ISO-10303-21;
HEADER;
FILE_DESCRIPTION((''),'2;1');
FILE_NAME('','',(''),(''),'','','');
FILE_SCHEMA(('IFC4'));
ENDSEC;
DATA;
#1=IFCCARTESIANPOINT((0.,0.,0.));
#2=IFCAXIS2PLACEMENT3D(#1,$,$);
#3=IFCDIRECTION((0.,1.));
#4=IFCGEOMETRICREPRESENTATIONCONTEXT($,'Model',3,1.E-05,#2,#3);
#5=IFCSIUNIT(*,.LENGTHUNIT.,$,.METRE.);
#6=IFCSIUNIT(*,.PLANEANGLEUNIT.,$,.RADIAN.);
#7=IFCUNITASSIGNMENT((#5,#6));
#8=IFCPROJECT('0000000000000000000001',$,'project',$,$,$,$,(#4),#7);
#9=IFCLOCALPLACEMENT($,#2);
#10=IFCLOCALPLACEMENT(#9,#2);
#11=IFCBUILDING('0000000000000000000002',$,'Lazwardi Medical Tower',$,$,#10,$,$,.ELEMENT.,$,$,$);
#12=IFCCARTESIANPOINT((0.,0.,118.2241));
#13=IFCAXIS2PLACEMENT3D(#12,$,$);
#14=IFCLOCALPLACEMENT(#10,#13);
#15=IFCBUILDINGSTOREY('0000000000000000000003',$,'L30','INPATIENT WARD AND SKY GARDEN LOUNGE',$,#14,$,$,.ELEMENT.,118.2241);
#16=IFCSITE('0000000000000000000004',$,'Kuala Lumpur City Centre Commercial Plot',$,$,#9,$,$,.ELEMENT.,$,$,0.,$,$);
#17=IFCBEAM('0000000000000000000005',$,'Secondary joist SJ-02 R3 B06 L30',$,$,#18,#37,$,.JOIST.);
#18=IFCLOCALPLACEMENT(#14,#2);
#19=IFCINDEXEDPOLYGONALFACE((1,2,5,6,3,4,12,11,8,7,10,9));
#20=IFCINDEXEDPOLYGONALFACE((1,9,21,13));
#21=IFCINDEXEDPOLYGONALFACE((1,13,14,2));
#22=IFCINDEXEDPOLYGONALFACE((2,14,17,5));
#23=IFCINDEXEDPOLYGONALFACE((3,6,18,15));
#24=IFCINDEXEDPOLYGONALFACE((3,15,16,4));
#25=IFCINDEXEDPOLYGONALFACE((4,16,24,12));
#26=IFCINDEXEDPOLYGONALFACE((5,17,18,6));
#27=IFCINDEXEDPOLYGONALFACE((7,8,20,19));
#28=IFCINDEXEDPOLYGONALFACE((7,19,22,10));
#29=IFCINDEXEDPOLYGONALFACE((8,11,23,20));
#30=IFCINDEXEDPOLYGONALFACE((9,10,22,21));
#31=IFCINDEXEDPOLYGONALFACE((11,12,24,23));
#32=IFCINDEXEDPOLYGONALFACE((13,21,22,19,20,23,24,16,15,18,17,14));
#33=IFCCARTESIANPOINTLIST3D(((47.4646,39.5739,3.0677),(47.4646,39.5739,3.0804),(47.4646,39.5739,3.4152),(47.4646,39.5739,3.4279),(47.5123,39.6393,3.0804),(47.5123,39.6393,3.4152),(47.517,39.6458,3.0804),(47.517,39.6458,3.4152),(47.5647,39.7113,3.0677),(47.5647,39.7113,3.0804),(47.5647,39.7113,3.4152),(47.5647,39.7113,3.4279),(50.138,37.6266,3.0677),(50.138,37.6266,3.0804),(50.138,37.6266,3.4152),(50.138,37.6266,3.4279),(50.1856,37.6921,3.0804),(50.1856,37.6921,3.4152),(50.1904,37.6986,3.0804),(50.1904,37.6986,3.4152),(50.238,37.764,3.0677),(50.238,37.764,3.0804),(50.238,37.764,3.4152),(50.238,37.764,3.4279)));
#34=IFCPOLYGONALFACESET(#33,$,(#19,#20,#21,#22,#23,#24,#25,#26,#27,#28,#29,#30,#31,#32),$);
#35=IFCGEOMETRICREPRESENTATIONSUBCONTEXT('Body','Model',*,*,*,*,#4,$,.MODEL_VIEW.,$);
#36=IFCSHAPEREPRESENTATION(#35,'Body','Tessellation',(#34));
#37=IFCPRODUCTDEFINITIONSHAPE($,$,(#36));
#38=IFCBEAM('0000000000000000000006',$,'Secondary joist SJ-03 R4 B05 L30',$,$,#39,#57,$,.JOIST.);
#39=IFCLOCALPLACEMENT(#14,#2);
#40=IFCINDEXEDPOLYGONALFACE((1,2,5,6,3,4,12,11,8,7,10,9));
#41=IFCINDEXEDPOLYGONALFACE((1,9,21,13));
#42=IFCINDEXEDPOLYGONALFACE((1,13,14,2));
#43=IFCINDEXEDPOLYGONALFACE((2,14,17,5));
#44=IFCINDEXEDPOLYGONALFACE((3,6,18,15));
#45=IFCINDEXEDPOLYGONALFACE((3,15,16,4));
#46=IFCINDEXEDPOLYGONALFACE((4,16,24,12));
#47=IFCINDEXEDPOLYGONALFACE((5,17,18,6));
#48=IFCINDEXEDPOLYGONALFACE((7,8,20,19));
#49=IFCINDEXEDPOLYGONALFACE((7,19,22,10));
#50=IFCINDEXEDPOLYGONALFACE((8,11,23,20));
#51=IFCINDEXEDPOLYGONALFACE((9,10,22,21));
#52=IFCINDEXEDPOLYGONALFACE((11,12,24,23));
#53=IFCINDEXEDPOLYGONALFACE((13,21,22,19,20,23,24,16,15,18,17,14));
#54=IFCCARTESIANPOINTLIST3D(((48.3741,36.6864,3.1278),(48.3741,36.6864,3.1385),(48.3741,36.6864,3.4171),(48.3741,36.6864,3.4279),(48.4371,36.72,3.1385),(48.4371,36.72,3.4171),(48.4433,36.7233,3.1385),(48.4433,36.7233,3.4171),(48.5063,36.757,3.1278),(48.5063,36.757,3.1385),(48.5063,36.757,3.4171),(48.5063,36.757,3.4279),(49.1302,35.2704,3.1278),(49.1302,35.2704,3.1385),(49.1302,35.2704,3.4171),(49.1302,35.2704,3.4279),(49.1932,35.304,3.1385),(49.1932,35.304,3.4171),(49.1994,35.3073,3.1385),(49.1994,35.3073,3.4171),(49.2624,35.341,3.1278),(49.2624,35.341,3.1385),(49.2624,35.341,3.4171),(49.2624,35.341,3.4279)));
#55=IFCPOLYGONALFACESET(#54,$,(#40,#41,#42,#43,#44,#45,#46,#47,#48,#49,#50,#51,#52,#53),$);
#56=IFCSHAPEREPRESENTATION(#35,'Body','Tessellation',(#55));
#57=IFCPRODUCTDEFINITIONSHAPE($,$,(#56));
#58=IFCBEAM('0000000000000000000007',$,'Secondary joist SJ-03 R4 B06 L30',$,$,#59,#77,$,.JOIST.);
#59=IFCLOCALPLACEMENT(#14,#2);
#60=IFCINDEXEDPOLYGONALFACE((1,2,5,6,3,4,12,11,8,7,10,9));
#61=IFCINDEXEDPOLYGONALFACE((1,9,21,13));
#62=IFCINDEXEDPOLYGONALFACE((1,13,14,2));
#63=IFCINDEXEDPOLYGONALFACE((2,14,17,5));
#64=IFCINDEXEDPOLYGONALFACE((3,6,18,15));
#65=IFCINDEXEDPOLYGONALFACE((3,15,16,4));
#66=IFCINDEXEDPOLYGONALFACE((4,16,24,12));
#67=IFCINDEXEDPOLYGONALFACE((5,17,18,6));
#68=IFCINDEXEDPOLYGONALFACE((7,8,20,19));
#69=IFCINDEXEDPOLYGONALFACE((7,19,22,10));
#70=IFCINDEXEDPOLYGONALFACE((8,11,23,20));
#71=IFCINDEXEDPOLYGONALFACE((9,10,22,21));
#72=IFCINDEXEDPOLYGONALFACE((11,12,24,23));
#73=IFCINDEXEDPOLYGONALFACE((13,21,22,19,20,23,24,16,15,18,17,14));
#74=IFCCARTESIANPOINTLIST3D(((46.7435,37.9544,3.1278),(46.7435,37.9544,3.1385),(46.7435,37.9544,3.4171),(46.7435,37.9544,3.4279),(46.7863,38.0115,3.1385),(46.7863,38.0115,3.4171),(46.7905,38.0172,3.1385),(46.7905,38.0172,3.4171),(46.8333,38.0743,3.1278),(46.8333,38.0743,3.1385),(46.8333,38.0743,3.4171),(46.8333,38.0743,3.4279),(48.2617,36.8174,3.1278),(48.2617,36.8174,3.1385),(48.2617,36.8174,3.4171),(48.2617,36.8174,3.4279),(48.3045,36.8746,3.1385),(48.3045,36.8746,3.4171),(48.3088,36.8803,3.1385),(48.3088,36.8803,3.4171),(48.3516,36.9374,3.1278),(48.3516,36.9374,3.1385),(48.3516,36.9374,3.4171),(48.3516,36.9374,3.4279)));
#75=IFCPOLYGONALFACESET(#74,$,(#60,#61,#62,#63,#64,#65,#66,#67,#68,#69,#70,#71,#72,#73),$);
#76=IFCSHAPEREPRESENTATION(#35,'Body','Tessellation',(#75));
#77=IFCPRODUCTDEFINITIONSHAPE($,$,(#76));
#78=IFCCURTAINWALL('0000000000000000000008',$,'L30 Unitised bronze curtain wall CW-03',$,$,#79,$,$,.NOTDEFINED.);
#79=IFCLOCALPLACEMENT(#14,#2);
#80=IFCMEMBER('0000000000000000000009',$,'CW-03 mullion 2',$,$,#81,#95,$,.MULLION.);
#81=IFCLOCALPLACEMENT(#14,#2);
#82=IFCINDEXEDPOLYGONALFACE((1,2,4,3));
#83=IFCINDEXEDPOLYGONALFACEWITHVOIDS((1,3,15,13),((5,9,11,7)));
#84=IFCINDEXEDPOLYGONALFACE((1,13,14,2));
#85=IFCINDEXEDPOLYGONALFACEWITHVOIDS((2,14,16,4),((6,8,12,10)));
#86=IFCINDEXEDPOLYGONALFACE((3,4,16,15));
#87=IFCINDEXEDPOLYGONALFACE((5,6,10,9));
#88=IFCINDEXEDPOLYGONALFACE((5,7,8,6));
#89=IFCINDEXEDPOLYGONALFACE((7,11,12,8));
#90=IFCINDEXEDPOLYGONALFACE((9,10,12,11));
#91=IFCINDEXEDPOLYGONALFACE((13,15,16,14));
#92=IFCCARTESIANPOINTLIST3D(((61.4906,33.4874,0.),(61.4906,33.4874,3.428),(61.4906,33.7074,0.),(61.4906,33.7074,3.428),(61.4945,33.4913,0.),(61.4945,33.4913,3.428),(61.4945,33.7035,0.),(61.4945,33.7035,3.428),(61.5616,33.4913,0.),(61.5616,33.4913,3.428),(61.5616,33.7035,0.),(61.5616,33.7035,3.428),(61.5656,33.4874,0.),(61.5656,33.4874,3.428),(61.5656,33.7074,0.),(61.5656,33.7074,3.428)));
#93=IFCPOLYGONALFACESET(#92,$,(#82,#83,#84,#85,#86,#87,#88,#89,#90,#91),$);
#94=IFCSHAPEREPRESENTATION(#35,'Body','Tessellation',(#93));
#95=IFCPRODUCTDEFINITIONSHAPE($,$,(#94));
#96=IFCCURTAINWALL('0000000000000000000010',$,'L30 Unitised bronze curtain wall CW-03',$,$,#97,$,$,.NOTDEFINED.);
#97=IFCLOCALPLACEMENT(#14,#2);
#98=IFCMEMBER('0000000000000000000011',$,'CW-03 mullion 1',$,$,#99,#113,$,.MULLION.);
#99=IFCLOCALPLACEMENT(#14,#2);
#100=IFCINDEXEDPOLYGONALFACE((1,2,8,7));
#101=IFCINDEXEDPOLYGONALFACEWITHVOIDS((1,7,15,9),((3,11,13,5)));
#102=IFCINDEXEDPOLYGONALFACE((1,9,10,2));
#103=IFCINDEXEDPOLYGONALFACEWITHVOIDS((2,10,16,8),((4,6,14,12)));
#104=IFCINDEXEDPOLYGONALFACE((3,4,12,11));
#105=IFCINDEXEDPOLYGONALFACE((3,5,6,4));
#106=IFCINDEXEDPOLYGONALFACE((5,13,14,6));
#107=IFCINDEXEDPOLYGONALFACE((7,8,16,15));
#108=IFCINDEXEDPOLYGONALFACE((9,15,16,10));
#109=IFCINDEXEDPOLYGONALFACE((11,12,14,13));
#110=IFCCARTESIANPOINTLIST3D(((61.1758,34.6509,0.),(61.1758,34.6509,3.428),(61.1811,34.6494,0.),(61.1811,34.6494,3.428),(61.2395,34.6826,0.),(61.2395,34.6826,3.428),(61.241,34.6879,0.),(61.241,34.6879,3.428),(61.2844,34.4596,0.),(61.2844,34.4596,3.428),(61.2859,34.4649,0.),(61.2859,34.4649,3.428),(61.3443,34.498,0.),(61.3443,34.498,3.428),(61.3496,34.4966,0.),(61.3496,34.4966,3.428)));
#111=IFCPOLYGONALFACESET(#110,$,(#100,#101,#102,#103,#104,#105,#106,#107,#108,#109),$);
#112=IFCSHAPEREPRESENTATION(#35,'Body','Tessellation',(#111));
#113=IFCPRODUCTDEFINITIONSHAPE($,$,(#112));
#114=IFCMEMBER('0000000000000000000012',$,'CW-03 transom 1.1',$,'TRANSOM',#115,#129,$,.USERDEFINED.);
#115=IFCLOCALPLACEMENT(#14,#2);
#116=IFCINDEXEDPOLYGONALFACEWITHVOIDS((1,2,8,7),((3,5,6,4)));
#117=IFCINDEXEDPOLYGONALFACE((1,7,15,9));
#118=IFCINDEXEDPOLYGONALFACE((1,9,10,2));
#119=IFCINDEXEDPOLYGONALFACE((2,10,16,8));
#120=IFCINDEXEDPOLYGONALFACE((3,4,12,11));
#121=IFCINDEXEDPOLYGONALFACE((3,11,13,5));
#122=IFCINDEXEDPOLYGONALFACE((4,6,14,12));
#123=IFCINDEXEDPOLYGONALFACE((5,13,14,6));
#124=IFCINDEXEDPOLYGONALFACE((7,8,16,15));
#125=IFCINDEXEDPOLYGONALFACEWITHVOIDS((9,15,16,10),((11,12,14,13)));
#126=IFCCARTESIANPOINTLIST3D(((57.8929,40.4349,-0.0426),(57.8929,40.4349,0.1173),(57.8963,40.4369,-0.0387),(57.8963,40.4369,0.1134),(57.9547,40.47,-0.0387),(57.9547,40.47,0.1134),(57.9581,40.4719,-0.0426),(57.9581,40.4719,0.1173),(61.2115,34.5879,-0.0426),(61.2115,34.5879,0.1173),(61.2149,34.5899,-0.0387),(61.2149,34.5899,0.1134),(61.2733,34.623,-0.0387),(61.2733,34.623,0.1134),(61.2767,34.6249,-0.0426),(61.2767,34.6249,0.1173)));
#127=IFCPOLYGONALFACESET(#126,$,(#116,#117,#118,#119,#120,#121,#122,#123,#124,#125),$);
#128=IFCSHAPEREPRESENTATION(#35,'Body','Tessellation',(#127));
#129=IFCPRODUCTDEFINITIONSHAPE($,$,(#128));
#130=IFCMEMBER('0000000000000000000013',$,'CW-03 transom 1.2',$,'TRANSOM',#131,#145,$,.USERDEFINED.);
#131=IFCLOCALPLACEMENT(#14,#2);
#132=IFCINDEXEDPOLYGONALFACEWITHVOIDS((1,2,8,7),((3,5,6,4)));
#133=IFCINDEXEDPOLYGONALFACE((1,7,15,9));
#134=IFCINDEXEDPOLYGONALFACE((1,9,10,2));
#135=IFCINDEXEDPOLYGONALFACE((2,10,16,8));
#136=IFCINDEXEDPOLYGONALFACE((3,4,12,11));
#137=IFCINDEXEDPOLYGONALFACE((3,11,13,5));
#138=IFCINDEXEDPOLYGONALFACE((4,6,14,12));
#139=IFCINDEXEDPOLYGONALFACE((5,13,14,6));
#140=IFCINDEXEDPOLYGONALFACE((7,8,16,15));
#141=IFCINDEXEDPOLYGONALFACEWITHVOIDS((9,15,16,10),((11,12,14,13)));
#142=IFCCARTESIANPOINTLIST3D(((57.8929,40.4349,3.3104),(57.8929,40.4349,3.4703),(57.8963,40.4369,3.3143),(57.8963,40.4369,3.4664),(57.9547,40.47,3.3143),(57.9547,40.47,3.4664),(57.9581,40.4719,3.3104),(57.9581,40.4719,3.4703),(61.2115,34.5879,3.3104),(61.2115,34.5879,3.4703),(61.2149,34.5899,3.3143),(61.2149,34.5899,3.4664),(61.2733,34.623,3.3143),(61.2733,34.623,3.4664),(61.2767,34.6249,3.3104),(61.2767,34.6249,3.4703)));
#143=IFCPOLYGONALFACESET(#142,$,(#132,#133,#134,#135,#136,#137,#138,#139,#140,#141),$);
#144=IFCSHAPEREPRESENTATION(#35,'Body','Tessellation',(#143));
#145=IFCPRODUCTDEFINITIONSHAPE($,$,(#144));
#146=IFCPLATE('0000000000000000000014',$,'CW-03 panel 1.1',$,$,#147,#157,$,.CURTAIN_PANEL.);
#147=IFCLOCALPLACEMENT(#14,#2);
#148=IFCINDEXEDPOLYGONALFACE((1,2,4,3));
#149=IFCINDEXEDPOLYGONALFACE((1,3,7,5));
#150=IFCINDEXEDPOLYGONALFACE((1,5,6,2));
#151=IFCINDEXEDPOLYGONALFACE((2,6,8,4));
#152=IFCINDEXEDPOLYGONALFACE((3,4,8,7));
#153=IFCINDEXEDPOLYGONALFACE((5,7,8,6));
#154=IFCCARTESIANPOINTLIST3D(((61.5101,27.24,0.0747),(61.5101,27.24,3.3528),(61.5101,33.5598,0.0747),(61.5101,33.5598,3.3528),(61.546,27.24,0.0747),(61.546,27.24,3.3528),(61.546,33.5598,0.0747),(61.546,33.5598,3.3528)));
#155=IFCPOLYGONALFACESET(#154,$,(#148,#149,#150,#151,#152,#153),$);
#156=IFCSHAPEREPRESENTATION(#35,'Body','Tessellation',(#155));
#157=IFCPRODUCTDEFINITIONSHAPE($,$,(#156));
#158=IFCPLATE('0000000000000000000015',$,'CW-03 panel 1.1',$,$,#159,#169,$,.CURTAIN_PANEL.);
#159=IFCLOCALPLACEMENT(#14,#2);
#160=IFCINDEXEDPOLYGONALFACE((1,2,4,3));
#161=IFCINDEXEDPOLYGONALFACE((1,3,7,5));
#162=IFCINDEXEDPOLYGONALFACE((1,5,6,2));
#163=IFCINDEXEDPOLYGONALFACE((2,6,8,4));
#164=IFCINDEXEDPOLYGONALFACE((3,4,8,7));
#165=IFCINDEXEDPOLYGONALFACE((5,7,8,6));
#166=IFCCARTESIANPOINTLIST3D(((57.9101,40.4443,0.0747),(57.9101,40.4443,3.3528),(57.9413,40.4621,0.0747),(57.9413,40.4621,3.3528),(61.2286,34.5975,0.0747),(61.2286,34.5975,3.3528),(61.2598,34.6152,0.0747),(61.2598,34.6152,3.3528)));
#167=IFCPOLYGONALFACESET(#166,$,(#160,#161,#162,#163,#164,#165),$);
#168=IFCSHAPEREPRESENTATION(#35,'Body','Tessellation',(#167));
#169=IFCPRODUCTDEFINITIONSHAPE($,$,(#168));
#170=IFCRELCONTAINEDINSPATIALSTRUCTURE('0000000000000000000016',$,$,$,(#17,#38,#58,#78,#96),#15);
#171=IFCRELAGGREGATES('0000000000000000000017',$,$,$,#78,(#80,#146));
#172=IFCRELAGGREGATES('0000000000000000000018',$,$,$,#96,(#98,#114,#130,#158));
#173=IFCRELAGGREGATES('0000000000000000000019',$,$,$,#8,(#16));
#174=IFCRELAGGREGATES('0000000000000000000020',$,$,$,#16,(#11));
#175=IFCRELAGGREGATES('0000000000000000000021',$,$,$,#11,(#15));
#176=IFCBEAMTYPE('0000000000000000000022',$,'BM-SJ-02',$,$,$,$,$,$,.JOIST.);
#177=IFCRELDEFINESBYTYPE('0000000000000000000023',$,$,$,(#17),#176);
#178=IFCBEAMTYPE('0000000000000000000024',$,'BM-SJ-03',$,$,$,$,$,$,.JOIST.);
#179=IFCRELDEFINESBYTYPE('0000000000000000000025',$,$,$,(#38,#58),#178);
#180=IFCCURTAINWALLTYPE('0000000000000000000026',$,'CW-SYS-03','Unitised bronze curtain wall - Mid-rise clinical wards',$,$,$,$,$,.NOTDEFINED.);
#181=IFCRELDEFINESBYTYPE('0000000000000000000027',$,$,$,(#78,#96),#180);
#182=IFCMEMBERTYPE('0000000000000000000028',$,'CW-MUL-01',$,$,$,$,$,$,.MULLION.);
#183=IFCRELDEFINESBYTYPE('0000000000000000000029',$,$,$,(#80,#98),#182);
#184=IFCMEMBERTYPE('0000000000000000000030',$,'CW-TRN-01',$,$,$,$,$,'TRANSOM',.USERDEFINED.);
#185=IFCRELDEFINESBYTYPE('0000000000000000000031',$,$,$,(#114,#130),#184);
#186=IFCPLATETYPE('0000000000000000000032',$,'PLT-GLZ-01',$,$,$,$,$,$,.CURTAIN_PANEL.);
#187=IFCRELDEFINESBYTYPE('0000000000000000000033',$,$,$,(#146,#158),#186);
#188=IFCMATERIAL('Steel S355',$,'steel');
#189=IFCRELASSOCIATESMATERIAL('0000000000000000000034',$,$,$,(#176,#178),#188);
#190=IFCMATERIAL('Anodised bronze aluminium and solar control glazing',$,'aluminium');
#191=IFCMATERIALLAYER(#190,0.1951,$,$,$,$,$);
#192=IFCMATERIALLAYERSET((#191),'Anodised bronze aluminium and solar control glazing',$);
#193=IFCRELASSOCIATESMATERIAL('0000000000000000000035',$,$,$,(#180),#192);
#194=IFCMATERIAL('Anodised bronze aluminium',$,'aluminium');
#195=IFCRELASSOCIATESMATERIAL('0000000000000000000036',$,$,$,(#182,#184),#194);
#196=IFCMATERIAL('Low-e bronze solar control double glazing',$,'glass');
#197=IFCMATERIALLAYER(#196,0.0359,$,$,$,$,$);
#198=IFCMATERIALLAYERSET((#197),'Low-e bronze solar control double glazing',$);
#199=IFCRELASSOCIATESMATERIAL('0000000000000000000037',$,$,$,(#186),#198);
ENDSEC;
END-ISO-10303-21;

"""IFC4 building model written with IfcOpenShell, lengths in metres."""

from ifc_helpers import new_model, si_unit, direction, frame, origin, origin_2d, place, context, subcontext, project, spatial, rectangle, hollow_rectangle, i_section, extrude, material, layer, layer_set, material_profile, profile_set, type_object, element, aggregate, save


model = new_model("IFC4")

# Units and contexts
model_context = context("Model", 3, precision=1e-05, world=origin(), true_north=direction((0.0, 1.0)))
body_context = subcontext(model_context, "Body", "Model", "MODEL_VIEW")
ifc_project = project(units=[si_unit("LENGTHUNIT", "METRE"), si_unit("PLANEANGLEUNIT", "RADIAN")], contexts=[model_context])

# Site, building, storey
site_placement = place(None, origin())
site = spatial("IfcSite", under=ifc_project, at=site_placement, Name="Kuala Lumpur City Centre Commercial Plot", CompositionType="ELEMENT", RefElevation=0.0)
building_placement = place(site_placement, origin())
building = spatial("IfcBuilding", under=site, at=building_placement, Name="Lazwardi Medical Tower", CompositionType="ELEMENT")
storey_placement = place(building_placement, frame((0.0, 0.0, 118.2241)))
storey = spatial("IfcBuildingStorey", under=building, at=storey_placement, Name="L30", Description="INPATIENT WARD AND SKY GARDEN LOUNGE", CompositionType="ELEMENT", Elevation=118.2241)

# Beams
ifc_material_1 = material(Name="Steel S355", Category="steel")
ifc_material_profile_1 = material_profile(ifc_material_1, i_section(OverallWidth=0.1699, OverallDepth=0.3601, WebThickness=0.0081, FlangeThickness=0.0127, at=origin_2d()), Name="IPE 360")
ifc_profile_set_1 = profile_set([ifc_material_profile_1], Name="Steel S355")
beam_type_1 = type_object("IfcBeamType", Name="BM-SJ-02", PredefinedType="JOIST", material=ifc_profile_set_1)
beam_1_placement = place(storey_placement, frame((50.188, 37.6953, 3.2478), z_axis=(-0.808302, 0.588768, 0.0), x_axis=(-0.588768, -0.808302, 0.0)))
element("IfcBeam", 1, at=beam_1_placement, inside=storey, type_object=beam_type_1, Name="Secondary joist SJ-02 R3 B06 L30", PredefinedType="JOIST", context=body_context, shape_type="SweptSolid", body=[
    extrude(i_section(OverallWidth=0.1699, OverallDepth=0.3601, WebThickness=0.0081, FlangeThickness=0.0127, at=origin_2d()), origin(), (0.0, 0.0, 1.0), 3.3074),
])
ifc_material_profile_2 = material_profile(ifc_material_1, i_section(OverallWidth=0.1499, OverallDepth=0.3, WebThickness=0.0071, FlangeThickness=0.0107, at=origin_2d()), Name="IPE 300")
ifc_profile_set_2 = profile_set([ifc_material_profile_2], Name="Steel S355")
beam_type_2 = type_object("IfcBeamType", Name="BM-SJ-03", PredefinedType="JOIST", material=ifc_profile_set_2)
beam_2_placement = place(storey_placement, frame((49.1963, 35.3057, 3.2778), z_axis=(-0.471022, 0.882121, 0.0), x_axis=(-0.882121, -0.471022, 0.0)))
element("IfcBeam", 2, at=beam_2_placement, inside=storey, type_object=beam_type_2, Name="Secondary joist SJ-03 R4 B05 L30", PredefinedType="JOIST", context=body_context, shape_type="SweptSolid", body=[
    extrude(i_section(OverallWidth=0.1499, OverallDepth=0.3, WebThickness=0.0071, FlangeThickness=0.0107, at=origin_2d()), origin(), (0.0, 0.0, 1.0), 1.6052),
])
beam_3_placement = place(storey_placement, frame((48.3066, 36.8774, 3.2778), z_axis=(-0.800448, 0.599403, 0.0), x_axis=(-0.599403, -0.800448, 0.0)))
element("IfcBeam", 3, at=beam_3_placement, inside=storey, type_object=beam_type_2, Name="Secondary joist SJ-03 R4 B06 L30", PredefinedType="JOIST", context=body_context, shape_type="SweptSolid", body=[
    extrude(i_section(OverallWidth=0.1499, OverallDepth=0.3, WebThickness=0.0071, FlangeThickness=0.0107, at=origin_2d()), origin(), (0.0, 0.0, 1.0), 1.8967),
])

# Curtain wall, member
ifc_material_2 = material(Name="Anodised bronze aluminium and solar control glazing", Category="aluminium")
ifc_layer_1 = layer(ifc_material_2, 0.1951)
ifc_layer_set_1 = layer_set([ifc_layer_1], Name="Anodised bronze aluminium and solar control glazing")
curtain_wall_type = type_object("IfcCurtainWallType", Name="CW-SYS-03", Description="Unitised bronze curtain wall - Mid-rise clinical wards", PredefinedType="NOTDEFINED", material=ifc_layer_set_1)
curtain_wall_1_placement = place(storey_placement, origin())
curtain_wall_1 = element("IfcCurtainWall", 4, at=curtain_wall_1_placement, inside=storey, type_object=curtain_wall_type, Name="L30 Unitised bronze curtain wall CW-03", PredefinedType="NOTDEFINED")
ifc_material_3 = material(Name="Anodised bronze aluminium", Category="aluminium")
ifc_material_profile_3 = material_profile(ifc_material_3, hollow_rectangle(XDim=0.075, YDim=0.22, WallThickness=0.0039, at=origin_2d()), Name="ALU-MULLION 220x75x4")
ifc_profile_set_3 = profile_set([ifc_material_profile_3], Name="Anodised bronze aluminium")
member_type_1 = type_object("IfcMemberType", Name="CW-MUL-01", PredefinedType="MULLION", material=ifc_profile_set_3)
member_1_placement = place(storey_placement, frame((61.5281, 33.5974, 0.0), z_axis=(0.0, 0.0, 1.0), x_axis=(-1.0, 0.0, 0.0)))
member_1 = element("IfcMember", 5, at=member_1_placement, type_object=member_type_1, Name="CW-03 mullion 2", PredefinedType="MULLION", context=body_context, shape_type="SweptSolid", body=[
    extrude(hollow_rectangle(XDim=0.075, YDim=0.22, WallThickness=0.0039, at=origin_2d()), origin(), (0.0, 0.0, 1.0), 3.428),
])

# Curtain wall, members
curtain_wall_2_placement = place(storey_placement, origin())
curtain_wall_2 = element("IfcCurtainWall", 6, at=curtain_wall_2_placement, inside=storey, type_object=curtain_wall_type, Name="L30 Unitised bronze curtain wall CW-03", PredefinedType="NOTDEFINED")
member_2_placement = place(storey_placement, frame((61.2627, 34.5737, 0.0), z_axis=(0.0, 0.0, 1.0), x_axis=(-0.869687, -0.493603, 0.0)))
member_2 = element("IfcMember", 7, at=member_2_placement, type_object=member_type_1, Name="CW-03 mullion 1", PredefinedType="MULLION", context=body_context, shape_type="SweptSolid", body=[
    extrude(hollow_rectangle(XDim=0.075, YDim=0.22, WallThickness=0.0039, at=origin_2d()), origin(), (0.0, 0.0, 1.0), 3.428),
])
ifc_material_profile_4 = material_profile(ifc_material_3, hollow_rectangle(XDim=0.075, YDim=0.1599, WallThickness=0.0039, at=origin_2d()), Name="ALU-TRANSOM 160x75x4")
ifc_profile_set_4 = profile_set([ifc_material_profile_4], Name="Anodised bronze aluminium")
member_type_2 = type_object("IfcMemberType", Name="CW-TRN-01", ElementType="TRANSOM", PredefinedType="USERDEFINED", material=ifc_profile_set_4)
member_3_placement = place(storey_placement, frame((61.2441, 34.6064, 0.0374), z_axis=(-0.493614, 0.869681, 0.0), x_axis=(-0.869681, -0.493614, 0.0)))
member_3 = element("IfcMember", 8, at=member_3_placement, type_object=member_type_2, Name="CW-03 transom 1.1", ObjectType="TRANSOM", PredefinedType="USERDEFINED", context=body_context, shape_type="SweptSolid", body=[
    extrude(hollow_rectangle(XDim=0.075, YDim=0.1599, WallThickness=0.0039, at=origin_2d()), origin(), (0.0, 0.0, 1.0), 6.7231),
])
member_4_placement = place(storey_placement, frame((61.2441, 34.6064, 3.3904), z_axis=(-0.493614, 0.869681, 0.0), x_axis=(-0.869681, -0.493614, 0.0)))
member_4 = element("IfcMember", 9, at=member_4_placement, type_object=member_type_2, Name="CW-03 transom 1.2", ObjectType="TRANSOM", PredefinedType="USERDEFINED", context=body_context, shape_type="SweptSolid", body=[
    extrude(hollow_rectangle(XDim=0.075, YDim=0.1599, WallThickness=0.0039, at=origin_2d()), origin(), (0.0, 0.0, 1.0), 6.7231),
])

# Plates
ifc_material_4 = material(Name="Low-e bronze solar control double glazing", Category="glass")
ifc_layer_2 = layer(ifc_material_4, 0.0359)
ifc_layer_set_2 = layer_set([ifc_layer_2], Name="Low-e bronze solar control double glazing")
plate_type = type_object("IfcPlateType", Name="PLT-GLZ-01", PredefinedType="CURTAIN_PANEL", material=ifc_layer_set_2)
plate_1_placement = place(storey_placement, frame((61.5281, 30.3999, 0.0747), z_axis=(0.0, 0.0, 1.0), x_axis=(0.0, 1.0, 0.0)))
plate_1 = element("IfcPlate", 10, at=plate_1_placement, type_object=plate_type, Name="CW-03 panel 1.1", PredefinedType="CURTAIN_PANEL", context=body_context, shape_type="SweptSolid", body=[
    extrude(rectangle(XDim=6.3198, YDim=0.0359, at=origin_2d()), origin(), (0.0, 0.0, 1.0), 3.2781),
])
aggregate(curtain_wall_1, [member_1, plate_1])
plate_2_placement = place(storey_placement, frame((59.585, 37.5298, 0.0747), z_axis=(0.0, 0.0, 1.0), x_axis=(-0.493603, 0.869687, 0.0)))
plate_2 = element("IfcPlate", 11, at=plate_2_placement, type_object=plate_type, Name="CW-03 panel 1.1", PredefinedType="CURTAIN_PANEL", context=body_context, shape_type="SweptSolid", body=[
    extrude(rectangle(XDim=6.7229, YDim=0.0359, at=origin_2d()), origin(), (0.0, 0.0, 1.0), 3.2781),
])
aggregate(curtain_wall_2, [member_2, member_3, member_4, plate_2])

save(model, "model.ifc")
